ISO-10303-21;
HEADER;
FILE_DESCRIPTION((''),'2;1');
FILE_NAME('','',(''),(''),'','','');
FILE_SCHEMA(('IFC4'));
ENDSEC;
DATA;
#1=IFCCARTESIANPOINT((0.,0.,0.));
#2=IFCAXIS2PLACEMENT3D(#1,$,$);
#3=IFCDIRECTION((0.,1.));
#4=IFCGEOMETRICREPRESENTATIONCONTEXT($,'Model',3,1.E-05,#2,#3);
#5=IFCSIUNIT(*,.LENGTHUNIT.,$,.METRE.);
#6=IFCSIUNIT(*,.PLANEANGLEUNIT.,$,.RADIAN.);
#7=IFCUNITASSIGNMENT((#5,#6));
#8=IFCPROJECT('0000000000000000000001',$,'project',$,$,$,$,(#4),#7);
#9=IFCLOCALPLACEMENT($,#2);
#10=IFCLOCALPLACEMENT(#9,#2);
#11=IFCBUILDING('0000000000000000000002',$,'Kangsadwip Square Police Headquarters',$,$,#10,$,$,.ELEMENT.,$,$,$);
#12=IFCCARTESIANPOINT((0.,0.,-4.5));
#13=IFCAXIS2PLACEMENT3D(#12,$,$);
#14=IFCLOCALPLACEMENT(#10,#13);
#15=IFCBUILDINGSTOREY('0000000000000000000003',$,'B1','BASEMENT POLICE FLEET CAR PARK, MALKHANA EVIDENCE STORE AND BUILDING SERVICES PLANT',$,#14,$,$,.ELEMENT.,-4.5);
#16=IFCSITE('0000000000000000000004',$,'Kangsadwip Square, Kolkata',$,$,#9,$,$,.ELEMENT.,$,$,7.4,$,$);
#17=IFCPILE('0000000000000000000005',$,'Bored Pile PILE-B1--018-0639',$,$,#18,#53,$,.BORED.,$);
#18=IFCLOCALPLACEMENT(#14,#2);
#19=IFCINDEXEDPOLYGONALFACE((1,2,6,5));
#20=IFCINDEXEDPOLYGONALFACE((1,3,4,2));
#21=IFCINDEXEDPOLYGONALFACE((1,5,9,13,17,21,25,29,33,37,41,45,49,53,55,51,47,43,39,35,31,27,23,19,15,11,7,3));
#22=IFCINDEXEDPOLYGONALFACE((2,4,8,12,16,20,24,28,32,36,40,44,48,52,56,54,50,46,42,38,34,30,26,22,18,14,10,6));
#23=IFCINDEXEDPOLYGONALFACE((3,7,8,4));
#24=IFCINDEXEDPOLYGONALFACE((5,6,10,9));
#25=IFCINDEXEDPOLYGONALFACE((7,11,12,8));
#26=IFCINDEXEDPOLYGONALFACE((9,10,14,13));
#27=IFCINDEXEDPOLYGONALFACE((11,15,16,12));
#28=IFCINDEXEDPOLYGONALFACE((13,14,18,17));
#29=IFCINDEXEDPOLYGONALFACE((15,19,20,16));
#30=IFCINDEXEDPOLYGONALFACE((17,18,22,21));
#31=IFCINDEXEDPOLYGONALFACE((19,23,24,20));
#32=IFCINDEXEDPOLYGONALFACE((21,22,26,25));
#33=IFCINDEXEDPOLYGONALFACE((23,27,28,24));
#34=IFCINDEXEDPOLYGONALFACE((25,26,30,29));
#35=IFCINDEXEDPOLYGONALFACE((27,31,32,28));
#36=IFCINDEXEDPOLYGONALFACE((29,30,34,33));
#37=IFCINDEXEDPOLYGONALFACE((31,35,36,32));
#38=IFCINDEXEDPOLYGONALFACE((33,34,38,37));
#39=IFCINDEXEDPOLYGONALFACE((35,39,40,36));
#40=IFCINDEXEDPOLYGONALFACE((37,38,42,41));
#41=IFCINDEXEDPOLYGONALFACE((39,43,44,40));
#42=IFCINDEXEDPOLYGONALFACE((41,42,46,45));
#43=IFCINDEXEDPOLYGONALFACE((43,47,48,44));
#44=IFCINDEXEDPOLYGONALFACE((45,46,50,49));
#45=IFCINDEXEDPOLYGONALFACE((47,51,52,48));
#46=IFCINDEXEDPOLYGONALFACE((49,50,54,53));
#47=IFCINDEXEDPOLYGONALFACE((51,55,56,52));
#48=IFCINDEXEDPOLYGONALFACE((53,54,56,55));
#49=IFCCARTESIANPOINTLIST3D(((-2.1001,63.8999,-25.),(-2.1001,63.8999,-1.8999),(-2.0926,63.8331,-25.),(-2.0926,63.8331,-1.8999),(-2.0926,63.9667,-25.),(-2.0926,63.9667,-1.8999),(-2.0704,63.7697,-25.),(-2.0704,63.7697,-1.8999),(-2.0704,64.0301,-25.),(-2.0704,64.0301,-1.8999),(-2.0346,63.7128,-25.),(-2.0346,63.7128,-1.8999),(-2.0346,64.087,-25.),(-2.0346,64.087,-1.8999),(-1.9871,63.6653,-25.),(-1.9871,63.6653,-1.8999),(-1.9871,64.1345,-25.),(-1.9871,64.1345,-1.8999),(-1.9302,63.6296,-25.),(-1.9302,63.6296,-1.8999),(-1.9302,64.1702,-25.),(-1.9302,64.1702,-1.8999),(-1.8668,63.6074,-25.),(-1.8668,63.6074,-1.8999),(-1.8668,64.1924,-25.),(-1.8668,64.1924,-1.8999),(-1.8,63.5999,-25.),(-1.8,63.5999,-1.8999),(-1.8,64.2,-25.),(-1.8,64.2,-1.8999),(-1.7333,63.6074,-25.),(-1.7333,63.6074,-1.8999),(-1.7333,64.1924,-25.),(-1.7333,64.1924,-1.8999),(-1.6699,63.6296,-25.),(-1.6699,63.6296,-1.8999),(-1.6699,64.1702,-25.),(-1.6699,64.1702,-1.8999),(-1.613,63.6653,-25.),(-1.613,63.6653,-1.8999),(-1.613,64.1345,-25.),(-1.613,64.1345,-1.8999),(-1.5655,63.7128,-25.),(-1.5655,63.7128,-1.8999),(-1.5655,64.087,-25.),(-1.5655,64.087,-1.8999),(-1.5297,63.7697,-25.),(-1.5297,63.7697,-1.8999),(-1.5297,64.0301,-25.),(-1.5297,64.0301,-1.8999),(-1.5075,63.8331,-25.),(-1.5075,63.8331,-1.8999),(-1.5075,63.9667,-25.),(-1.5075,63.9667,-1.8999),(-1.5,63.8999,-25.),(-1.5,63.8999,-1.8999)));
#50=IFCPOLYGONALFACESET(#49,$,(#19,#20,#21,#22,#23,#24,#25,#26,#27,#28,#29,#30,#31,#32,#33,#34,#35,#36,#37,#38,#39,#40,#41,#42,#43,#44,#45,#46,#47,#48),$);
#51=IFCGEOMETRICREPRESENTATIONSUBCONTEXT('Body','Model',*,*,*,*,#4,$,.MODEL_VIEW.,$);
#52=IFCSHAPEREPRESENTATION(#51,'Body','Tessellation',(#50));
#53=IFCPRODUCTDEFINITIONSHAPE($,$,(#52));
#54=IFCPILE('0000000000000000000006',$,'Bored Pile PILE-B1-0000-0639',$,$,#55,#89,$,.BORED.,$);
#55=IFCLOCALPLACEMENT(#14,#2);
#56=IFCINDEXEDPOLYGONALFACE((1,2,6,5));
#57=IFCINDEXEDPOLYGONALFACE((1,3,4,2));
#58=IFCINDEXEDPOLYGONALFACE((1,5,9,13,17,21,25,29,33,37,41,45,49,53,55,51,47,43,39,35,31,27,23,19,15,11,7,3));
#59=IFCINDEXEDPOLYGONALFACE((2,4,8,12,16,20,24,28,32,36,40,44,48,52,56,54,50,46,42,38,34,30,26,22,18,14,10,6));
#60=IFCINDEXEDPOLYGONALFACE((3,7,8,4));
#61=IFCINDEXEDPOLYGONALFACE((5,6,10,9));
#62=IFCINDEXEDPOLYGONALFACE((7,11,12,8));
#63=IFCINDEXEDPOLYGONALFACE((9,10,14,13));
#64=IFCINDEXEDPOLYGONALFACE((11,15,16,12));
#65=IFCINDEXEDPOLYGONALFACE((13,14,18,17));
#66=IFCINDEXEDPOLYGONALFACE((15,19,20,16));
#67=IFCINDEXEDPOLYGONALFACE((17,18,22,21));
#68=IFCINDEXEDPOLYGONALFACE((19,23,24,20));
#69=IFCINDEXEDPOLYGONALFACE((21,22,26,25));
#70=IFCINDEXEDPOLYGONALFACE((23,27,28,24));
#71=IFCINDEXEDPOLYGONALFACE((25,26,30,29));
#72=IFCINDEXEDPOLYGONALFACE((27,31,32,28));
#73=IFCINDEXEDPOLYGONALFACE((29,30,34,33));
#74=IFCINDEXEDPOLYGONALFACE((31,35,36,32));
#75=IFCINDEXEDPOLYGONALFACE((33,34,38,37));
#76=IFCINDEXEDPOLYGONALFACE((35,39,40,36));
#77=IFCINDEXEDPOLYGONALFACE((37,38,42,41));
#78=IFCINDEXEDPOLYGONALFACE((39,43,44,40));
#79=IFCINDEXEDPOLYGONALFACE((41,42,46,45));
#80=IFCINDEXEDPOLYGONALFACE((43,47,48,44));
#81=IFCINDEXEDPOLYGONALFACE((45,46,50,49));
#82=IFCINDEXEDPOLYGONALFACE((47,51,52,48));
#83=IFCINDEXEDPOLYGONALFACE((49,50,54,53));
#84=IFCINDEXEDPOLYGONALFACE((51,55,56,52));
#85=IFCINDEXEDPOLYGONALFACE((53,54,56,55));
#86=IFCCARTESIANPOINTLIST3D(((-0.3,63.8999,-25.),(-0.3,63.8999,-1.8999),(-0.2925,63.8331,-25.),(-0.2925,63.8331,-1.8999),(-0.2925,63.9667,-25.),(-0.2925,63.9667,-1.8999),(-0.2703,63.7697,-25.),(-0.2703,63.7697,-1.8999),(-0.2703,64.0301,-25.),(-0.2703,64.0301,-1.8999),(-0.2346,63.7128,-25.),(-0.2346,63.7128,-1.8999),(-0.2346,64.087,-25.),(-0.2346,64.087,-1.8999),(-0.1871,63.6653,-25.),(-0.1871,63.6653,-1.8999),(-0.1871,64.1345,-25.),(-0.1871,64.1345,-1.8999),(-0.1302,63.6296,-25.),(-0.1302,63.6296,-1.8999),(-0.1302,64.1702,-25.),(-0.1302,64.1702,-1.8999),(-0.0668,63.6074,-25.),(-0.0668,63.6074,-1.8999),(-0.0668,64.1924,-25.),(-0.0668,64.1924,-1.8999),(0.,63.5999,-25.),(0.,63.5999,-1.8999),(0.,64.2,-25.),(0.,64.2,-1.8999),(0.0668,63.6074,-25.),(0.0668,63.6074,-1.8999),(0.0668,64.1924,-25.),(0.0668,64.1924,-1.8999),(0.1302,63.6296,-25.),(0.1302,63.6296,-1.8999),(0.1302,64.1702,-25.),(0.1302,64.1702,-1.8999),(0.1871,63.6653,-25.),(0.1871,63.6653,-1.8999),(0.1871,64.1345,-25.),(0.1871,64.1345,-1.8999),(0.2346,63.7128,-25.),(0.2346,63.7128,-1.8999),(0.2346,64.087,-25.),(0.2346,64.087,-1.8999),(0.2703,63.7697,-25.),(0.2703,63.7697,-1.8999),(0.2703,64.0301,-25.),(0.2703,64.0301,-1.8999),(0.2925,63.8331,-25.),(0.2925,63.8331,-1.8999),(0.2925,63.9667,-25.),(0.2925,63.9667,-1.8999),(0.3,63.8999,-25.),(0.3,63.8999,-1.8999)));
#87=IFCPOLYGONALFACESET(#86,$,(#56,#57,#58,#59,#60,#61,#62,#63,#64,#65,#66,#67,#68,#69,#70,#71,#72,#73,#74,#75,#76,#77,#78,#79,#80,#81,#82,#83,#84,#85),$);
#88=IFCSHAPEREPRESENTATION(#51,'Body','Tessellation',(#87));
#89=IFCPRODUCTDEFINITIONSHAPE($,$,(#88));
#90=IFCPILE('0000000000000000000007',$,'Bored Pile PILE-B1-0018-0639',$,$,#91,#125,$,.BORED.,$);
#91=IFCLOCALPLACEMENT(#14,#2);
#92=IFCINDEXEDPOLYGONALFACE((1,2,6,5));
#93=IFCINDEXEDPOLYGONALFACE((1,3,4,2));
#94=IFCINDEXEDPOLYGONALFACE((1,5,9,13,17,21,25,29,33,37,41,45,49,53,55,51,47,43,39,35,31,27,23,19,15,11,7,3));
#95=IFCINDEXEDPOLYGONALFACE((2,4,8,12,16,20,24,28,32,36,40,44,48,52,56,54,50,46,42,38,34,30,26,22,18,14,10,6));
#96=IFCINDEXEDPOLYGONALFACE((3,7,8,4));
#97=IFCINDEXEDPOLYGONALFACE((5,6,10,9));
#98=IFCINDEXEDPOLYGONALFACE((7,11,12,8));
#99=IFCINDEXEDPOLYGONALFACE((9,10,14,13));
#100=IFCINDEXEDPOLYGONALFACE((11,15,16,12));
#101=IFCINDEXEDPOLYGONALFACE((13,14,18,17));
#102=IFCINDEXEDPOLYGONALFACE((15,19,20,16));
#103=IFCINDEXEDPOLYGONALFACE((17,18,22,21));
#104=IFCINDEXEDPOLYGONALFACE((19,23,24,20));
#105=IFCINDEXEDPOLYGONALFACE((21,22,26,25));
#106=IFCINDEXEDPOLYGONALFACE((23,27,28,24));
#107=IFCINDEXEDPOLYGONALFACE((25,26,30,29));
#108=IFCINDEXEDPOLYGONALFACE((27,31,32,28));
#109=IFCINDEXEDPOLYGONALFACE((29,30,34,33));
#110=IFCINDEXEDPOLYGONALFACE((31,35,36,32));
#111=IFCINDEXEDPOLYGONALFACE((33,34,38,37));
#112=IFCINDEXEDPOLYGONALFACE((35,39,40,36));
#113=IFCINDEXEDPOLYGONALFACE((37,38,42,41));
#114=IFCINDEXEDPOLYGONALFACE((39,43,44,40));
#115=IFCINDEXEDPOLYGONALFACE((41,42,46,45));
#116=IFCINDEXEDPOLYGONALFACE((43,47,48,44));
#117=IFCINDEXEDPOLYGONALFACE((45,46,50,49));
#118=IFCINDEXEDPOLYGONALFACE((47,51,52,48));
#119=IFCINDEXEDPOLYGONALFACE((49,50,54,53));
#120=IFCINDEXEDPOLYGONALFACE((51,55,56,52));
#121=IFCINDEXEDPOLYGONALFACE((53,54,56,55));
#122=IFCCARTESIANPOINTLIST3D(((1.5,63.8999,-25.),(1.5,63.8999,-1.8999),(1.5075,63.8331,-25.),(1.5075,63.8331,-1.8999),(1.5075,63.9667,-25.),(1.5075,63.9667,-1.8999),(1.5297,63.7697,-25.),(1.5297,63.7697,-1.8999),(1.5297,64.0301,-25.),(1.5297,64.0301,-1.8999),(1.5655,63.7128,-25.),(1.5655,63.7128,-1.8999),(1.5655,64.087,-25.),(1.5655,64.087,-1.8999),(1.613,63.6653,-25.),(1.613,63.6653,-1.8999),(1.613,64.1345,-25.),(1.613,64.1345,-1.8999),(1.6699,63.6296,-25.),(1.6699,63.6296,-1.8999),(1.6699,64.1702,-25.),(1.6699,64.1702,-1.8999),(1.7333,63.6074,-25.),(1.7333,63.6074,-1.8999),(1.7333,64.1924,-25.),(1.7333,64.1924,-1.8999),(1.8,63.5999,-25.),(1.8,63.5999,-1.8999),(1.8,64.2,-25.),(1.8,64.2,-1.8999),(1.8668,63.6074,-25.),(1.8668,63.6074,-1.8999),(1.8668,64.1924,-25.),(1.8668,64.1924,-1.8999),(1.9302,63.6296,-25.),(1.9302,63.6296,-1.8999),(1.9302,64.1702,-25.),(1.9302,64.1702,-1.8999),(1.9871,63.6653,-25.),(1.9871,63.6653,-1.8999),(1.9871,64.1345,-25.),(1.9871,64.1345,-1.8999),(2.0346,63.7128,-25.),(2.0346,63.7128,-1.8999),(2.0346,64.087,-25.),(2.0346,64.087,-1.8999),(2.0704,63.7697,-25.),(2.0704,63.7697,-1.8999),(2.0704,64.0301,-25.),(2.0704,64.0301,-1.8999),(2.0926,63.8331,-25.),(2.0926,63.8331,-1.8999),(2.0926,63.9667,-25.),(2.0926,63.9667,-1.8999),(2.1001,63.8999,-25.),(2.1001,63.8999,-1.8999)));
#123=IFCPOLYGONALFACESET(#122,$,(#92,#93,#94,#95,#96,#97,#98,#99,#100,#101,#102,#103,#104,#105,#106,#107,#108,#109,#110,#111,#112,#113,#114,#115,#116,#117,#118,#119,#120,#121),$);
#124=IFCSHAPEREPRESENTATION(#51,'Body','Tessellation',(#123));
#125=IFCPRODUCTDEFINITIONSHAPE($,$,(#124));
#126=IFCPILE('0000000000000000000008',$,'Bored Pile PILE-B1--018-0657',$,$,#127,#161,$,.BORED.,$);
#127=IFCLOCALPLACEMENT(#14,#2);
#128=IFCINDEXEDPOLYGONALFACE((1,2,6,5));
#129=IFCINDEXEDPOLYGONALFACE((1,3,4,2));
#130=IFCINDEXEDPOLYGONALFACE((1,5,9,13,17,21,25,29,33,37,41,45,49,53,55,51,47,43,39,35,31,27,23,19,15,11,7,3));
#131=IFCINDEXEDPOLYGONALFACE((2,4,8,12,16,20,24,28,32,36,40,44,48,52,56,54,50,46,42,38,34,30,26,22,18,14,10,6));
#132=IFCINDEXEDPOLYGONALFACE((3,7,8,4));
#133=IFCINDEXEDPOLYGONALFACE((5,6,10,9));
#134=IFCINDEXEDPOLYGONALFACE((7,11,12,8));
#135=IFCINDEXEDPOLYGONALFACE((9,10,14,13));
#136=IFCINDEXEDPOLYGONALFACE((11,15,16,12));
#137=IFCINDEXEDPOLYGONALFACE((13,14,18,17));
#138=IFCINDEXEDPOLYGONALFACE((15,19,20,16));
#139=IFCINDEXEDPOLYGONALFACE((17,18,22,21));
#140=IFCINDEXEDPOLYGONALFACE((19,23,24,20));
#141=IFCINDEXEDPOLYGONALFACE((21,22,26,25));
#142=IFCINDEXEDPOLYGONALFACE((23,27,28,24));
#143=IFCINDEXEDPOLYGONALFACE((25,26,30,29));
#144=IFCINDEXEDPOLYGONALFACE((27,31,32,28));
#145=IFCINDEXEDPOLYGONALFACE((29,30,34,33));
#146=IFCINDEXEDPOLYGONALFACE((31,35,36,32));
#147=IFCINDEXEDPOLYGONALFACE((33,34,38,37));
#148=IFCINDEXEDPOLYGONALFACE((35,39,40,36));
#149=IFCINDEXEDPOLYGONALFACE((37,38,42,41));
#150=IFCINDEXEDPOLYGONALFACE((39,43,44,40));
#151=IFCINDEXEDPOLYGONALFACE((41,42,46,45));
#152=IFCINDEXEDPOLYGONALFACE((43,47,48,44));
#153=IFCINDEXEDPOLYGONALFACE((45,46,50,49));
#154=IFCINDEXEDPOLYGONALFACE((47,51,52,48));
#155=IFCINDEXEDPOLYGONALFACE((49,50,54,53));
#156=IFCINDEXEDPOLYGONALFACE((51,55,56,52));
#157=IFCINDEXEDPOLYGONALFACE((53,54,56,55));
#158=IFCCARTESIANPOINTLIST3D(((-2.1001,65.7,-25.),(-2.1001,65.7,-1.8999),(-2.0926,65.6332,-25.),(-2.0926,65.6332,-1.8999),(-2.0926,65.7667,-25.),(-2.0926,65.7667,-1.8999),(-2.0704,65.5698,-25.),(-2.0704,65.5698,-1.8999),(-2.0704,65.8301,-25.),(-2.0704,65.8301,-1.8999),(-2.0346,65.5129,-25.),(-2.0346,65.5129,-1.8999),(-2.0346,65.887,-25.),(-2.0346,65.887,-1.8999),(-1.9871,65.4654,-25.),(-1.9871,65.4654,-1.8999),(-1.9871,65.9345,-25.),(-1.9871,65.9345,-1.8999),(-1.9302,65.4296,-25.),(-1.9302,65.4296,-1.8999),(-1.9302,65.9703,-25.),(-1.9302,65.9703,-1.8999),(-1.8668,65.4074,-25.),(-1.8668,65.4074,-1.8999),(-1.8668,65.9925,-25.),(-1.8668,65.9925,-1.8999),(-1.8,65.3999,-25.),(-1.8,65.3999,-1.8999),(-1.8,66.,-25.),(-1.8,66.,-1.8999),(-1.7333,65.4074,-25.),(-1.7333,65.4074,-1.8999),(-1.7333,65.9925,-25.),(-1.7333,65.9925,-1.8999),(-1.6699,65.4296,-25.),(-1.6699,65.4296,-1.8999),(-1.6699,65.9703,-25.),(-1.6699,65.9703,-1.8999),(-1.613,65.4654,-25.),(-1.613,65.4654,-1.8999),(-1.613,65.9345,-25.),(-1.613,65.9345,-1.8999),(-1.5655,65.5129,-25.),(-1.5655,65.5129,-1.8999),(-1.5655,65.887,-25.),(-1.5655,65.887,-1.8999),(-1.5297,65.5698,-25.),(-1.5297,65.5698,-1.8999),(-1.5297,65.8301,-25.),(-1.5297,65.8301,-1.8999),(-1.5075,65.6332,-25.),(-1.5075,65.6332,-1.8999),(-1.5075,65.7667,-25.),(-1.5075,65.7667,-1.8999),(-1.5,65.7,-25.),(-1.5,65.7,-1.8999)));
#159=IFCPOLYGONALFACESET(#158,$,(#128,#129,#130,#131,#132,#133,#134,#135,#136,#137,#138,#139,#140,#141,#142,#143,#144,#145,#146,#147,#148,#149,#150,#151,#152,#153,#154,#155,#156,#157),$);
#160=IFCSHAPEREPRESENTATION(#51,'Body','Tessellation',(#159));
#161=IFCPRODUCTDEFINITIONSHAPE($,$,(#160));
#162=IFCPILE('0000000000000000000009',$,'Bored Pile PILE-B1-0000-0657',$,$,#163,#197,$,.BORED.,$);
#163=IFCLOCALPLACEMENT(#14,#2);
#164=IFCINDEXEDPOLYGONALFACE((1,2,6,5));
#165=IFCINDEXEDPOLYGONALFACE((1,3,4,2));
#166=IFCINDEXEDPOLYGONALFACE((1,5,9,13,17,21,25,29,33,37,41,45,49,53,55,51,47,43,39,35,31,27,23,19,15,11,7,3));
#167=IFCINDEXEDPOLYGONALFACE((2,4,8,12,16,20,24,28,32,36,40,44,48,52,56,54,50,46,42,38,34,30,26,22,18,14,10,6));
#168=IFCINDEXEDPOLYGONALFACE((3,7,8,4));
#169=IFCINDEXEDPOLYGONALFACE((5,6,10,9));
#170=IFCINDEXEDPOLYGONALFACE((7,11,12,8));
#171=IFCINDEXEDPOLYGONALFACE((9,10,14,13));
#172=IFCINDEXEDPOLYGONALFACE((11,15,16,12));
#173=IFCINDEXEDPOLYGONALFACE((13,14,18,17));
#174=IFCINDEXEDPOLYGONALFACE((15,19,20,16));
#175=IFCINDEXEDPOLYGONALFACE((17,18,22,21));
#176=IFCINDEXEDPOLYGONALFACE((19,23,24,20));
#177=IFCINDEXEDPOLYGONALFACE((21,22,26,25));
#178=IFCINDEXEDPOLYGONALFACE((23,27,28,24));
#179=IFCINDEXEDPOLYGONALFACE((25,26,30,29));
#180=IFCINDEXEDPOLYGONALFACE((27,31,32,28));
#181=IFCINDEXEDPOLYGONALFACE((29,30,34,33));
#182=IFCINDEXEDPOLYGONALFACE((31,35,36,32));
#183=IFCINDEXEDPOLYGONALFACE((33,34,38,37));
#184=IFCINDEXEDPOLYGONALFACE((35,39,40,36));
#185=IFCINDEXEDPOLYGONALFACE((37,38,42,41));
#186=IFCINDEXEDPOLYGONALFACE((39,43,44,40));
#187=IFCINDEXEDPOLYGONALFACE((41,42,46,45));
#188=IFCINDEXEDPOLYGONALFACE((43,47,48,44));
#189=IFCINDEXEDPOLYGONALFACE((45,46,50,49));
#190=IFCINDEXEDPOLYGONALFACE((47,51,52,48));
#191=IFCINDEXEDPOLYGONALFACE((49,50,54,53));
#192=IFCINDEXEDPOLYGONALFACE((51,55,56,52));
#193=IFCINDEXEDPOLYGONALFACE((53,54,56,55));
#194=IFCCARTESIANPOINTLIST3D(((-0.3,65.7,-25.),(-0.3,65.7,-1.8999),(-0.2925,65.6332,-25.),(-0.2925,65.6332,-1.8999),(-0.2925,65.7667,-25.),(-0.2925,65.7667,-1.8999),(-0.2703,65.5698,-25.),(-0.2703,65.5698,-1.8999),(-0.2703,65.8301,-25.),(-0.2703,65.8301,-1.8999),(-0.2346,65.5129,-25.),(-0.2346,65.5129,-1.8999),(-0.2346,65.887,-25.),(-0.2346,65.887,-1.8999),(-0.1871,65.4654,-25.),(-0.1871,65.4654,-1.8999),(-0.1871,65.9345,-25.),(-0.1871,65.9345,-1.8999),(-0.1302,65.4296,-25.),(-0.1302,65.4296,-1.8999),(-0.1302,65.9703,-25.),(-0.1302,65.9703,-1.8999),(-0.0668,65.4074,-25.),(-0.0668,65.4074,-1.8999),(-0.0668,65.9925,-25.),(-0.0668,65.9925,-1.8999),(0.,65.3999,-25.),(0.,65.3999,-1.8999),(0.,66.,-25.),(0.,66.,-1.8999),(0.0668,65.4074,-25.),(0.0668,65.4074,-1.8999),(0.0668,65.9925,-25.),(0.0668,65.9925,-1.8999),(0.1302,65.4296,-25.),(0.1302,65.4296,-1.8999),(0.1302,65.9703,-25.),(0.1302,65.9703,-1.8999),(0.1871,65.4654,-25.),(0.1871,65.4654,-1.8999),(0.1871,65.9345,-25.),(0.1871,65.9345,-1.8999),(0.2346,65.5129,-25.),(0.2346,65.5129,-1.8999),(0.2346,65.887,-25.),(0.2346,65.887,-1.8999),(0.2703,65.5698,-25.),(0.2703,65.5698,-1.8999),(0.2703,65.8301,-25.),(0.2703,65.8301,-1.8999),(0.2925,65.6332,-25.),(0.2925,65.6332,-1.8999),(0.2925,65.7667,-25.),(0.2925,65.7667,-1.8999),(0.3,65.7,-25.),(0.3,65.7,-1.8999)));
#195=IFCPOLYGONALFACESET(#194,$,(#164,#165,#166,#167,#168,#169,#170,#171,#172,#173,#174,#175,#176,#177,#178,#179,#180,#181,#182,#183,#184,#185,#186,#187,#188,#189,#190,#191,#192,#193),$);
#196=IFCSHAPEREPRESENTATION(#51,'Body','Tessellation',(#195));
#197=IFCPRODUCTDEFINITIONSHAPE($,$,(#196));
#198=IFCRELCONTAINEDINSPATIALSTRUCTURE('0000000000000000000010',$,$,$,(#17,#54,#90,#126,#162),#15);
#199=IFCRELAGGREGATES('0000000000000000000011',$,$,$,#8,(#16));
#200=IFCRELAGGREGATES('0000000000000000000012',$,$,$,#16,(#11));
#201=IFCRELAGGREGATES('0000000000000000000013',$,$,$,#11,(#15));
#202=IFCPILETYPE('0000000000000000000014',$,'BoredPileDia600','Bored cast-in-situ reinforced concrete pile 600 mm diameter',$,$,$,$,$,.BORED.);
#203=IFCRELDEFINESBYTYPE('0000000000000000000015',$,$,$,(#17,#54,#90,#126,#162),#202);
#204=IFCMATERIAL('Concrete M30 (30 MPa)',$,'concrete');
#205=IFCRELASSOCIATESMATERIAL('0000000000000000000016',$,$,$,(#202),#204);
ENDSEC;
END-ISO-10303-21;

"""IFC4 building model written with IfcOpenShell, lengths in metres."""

from ifc_helpers import new_model, si_unit, direction, frame, origin, origin_2d, place, context, subcontext, project, spatial, circle, extrude, material, material_profile, profile_set, type_object, element, save


model = new_model("IFC4")

# Units and contexts
model_context = context("Model", 3, precision=1e-05, world=origin(), true_north=direction((0.0, 1.0)))
body_context = subcontext(model_context, "Body", "Model", "MODEL_VIEW")
ifc_project = project(units=[si_unit("LENGTHUNIT", "METRE"), si_unit("PLANEANGLEUNIT", "RADIAN")], contexts=[model_context])

# Site, building, storey
site_placement = place(None, origin())
site = spatial("IfcSite", under=ifc_project, at=site_placement, Name="Kangsadwip Square, Kolkata", CompositionType="ELEMENT", RefElevation=7.4)
building_placement = place(site_placement, origin())
building = spatial("IfcBuilding", under=site, at=building_placement, Name="Kangsadwip Square Police Headquarters", CompositionType="ELEMENT")
storey_placement = place(building_placement, frame((0.0, 0.0, -4.5)))
storey = spatial("IfcBuildingStorey", under=building, at=storey_placement, Name="B1", Description="BASEMENT POLICE FLEET CAR PARK, MALKHANA EVIDENCE STORE AND BUILDING SERVICES PLANT", CompositionType="ELEMENT", Elevation=-4.5)

# Piles
ifc_material_1 = material(Name="Concrete M30 (30 MPa)", Category="concrete")
ifc_material_profile_1 = material_profile(ifc_material_1, circle(Radius=0.3, at=origin_2d()), Name="PILE DIA 600")
ifc_profile_set_1 = profile_set([ifc_material_profile_1], Name="Concrete M30 (30 MPa)")
pile_type_1 = type_object("IfcPileType", Name="BoredPileDia600", Description="Bored cast-in-situ reinforced concrete pile 600 mm diameter", PredefinedType="BORED", material=ifc_profile_set_1)
for number, where, z_axis, x_axis, name in (
    (1, (-1.8, 63.8999, -1.8999), (0.0, 0.0, -1.0), (1.0, 0.0, 0.0), "Bored Pile PILE-B1--018-0639"),
    (2, (0.0, 63.8999, -1.8999), (0.0, 0.0, -1.0), (1.0, 0.0, 0.0), "Bored Pile PILE-B1-0000-0639"),
    (3, (1.8, 63.8999, -1.8999), (0.0, 0.0, -1.0), (1.0, 0.0, 0.0), "Bored Pile PILE-B1-0018-0639"),
    (4, (-1.8, 65.7, -1.8999), (0.0, 0.0, -1.0), (1.0, 0.0, 0.0), "Bored Pile PILE-B1--018-0657"),
    (5, (0.0, 65.7, -1.8999), (0.0, 0.0, -1.0), (1.0, 0.0, 0.0), "Bored Pile PILE-B1-0000-0657"),
):
    element("IfcPile", number, at=place(storey_placement, frame(where, z_axis=z_axis, x_axis=x_axis)), inside=storey, type_object=pile_type_1, Name=name, PredefinedType="BORED", context=body_context, shape_type="SweptSolid", body=[
        extrude(circle(Radius=0.3, at=origin_2d()), origin(), (0.0, 0.0, 1.0), 23.1001),
    ])

save(model, "model.ifc")
